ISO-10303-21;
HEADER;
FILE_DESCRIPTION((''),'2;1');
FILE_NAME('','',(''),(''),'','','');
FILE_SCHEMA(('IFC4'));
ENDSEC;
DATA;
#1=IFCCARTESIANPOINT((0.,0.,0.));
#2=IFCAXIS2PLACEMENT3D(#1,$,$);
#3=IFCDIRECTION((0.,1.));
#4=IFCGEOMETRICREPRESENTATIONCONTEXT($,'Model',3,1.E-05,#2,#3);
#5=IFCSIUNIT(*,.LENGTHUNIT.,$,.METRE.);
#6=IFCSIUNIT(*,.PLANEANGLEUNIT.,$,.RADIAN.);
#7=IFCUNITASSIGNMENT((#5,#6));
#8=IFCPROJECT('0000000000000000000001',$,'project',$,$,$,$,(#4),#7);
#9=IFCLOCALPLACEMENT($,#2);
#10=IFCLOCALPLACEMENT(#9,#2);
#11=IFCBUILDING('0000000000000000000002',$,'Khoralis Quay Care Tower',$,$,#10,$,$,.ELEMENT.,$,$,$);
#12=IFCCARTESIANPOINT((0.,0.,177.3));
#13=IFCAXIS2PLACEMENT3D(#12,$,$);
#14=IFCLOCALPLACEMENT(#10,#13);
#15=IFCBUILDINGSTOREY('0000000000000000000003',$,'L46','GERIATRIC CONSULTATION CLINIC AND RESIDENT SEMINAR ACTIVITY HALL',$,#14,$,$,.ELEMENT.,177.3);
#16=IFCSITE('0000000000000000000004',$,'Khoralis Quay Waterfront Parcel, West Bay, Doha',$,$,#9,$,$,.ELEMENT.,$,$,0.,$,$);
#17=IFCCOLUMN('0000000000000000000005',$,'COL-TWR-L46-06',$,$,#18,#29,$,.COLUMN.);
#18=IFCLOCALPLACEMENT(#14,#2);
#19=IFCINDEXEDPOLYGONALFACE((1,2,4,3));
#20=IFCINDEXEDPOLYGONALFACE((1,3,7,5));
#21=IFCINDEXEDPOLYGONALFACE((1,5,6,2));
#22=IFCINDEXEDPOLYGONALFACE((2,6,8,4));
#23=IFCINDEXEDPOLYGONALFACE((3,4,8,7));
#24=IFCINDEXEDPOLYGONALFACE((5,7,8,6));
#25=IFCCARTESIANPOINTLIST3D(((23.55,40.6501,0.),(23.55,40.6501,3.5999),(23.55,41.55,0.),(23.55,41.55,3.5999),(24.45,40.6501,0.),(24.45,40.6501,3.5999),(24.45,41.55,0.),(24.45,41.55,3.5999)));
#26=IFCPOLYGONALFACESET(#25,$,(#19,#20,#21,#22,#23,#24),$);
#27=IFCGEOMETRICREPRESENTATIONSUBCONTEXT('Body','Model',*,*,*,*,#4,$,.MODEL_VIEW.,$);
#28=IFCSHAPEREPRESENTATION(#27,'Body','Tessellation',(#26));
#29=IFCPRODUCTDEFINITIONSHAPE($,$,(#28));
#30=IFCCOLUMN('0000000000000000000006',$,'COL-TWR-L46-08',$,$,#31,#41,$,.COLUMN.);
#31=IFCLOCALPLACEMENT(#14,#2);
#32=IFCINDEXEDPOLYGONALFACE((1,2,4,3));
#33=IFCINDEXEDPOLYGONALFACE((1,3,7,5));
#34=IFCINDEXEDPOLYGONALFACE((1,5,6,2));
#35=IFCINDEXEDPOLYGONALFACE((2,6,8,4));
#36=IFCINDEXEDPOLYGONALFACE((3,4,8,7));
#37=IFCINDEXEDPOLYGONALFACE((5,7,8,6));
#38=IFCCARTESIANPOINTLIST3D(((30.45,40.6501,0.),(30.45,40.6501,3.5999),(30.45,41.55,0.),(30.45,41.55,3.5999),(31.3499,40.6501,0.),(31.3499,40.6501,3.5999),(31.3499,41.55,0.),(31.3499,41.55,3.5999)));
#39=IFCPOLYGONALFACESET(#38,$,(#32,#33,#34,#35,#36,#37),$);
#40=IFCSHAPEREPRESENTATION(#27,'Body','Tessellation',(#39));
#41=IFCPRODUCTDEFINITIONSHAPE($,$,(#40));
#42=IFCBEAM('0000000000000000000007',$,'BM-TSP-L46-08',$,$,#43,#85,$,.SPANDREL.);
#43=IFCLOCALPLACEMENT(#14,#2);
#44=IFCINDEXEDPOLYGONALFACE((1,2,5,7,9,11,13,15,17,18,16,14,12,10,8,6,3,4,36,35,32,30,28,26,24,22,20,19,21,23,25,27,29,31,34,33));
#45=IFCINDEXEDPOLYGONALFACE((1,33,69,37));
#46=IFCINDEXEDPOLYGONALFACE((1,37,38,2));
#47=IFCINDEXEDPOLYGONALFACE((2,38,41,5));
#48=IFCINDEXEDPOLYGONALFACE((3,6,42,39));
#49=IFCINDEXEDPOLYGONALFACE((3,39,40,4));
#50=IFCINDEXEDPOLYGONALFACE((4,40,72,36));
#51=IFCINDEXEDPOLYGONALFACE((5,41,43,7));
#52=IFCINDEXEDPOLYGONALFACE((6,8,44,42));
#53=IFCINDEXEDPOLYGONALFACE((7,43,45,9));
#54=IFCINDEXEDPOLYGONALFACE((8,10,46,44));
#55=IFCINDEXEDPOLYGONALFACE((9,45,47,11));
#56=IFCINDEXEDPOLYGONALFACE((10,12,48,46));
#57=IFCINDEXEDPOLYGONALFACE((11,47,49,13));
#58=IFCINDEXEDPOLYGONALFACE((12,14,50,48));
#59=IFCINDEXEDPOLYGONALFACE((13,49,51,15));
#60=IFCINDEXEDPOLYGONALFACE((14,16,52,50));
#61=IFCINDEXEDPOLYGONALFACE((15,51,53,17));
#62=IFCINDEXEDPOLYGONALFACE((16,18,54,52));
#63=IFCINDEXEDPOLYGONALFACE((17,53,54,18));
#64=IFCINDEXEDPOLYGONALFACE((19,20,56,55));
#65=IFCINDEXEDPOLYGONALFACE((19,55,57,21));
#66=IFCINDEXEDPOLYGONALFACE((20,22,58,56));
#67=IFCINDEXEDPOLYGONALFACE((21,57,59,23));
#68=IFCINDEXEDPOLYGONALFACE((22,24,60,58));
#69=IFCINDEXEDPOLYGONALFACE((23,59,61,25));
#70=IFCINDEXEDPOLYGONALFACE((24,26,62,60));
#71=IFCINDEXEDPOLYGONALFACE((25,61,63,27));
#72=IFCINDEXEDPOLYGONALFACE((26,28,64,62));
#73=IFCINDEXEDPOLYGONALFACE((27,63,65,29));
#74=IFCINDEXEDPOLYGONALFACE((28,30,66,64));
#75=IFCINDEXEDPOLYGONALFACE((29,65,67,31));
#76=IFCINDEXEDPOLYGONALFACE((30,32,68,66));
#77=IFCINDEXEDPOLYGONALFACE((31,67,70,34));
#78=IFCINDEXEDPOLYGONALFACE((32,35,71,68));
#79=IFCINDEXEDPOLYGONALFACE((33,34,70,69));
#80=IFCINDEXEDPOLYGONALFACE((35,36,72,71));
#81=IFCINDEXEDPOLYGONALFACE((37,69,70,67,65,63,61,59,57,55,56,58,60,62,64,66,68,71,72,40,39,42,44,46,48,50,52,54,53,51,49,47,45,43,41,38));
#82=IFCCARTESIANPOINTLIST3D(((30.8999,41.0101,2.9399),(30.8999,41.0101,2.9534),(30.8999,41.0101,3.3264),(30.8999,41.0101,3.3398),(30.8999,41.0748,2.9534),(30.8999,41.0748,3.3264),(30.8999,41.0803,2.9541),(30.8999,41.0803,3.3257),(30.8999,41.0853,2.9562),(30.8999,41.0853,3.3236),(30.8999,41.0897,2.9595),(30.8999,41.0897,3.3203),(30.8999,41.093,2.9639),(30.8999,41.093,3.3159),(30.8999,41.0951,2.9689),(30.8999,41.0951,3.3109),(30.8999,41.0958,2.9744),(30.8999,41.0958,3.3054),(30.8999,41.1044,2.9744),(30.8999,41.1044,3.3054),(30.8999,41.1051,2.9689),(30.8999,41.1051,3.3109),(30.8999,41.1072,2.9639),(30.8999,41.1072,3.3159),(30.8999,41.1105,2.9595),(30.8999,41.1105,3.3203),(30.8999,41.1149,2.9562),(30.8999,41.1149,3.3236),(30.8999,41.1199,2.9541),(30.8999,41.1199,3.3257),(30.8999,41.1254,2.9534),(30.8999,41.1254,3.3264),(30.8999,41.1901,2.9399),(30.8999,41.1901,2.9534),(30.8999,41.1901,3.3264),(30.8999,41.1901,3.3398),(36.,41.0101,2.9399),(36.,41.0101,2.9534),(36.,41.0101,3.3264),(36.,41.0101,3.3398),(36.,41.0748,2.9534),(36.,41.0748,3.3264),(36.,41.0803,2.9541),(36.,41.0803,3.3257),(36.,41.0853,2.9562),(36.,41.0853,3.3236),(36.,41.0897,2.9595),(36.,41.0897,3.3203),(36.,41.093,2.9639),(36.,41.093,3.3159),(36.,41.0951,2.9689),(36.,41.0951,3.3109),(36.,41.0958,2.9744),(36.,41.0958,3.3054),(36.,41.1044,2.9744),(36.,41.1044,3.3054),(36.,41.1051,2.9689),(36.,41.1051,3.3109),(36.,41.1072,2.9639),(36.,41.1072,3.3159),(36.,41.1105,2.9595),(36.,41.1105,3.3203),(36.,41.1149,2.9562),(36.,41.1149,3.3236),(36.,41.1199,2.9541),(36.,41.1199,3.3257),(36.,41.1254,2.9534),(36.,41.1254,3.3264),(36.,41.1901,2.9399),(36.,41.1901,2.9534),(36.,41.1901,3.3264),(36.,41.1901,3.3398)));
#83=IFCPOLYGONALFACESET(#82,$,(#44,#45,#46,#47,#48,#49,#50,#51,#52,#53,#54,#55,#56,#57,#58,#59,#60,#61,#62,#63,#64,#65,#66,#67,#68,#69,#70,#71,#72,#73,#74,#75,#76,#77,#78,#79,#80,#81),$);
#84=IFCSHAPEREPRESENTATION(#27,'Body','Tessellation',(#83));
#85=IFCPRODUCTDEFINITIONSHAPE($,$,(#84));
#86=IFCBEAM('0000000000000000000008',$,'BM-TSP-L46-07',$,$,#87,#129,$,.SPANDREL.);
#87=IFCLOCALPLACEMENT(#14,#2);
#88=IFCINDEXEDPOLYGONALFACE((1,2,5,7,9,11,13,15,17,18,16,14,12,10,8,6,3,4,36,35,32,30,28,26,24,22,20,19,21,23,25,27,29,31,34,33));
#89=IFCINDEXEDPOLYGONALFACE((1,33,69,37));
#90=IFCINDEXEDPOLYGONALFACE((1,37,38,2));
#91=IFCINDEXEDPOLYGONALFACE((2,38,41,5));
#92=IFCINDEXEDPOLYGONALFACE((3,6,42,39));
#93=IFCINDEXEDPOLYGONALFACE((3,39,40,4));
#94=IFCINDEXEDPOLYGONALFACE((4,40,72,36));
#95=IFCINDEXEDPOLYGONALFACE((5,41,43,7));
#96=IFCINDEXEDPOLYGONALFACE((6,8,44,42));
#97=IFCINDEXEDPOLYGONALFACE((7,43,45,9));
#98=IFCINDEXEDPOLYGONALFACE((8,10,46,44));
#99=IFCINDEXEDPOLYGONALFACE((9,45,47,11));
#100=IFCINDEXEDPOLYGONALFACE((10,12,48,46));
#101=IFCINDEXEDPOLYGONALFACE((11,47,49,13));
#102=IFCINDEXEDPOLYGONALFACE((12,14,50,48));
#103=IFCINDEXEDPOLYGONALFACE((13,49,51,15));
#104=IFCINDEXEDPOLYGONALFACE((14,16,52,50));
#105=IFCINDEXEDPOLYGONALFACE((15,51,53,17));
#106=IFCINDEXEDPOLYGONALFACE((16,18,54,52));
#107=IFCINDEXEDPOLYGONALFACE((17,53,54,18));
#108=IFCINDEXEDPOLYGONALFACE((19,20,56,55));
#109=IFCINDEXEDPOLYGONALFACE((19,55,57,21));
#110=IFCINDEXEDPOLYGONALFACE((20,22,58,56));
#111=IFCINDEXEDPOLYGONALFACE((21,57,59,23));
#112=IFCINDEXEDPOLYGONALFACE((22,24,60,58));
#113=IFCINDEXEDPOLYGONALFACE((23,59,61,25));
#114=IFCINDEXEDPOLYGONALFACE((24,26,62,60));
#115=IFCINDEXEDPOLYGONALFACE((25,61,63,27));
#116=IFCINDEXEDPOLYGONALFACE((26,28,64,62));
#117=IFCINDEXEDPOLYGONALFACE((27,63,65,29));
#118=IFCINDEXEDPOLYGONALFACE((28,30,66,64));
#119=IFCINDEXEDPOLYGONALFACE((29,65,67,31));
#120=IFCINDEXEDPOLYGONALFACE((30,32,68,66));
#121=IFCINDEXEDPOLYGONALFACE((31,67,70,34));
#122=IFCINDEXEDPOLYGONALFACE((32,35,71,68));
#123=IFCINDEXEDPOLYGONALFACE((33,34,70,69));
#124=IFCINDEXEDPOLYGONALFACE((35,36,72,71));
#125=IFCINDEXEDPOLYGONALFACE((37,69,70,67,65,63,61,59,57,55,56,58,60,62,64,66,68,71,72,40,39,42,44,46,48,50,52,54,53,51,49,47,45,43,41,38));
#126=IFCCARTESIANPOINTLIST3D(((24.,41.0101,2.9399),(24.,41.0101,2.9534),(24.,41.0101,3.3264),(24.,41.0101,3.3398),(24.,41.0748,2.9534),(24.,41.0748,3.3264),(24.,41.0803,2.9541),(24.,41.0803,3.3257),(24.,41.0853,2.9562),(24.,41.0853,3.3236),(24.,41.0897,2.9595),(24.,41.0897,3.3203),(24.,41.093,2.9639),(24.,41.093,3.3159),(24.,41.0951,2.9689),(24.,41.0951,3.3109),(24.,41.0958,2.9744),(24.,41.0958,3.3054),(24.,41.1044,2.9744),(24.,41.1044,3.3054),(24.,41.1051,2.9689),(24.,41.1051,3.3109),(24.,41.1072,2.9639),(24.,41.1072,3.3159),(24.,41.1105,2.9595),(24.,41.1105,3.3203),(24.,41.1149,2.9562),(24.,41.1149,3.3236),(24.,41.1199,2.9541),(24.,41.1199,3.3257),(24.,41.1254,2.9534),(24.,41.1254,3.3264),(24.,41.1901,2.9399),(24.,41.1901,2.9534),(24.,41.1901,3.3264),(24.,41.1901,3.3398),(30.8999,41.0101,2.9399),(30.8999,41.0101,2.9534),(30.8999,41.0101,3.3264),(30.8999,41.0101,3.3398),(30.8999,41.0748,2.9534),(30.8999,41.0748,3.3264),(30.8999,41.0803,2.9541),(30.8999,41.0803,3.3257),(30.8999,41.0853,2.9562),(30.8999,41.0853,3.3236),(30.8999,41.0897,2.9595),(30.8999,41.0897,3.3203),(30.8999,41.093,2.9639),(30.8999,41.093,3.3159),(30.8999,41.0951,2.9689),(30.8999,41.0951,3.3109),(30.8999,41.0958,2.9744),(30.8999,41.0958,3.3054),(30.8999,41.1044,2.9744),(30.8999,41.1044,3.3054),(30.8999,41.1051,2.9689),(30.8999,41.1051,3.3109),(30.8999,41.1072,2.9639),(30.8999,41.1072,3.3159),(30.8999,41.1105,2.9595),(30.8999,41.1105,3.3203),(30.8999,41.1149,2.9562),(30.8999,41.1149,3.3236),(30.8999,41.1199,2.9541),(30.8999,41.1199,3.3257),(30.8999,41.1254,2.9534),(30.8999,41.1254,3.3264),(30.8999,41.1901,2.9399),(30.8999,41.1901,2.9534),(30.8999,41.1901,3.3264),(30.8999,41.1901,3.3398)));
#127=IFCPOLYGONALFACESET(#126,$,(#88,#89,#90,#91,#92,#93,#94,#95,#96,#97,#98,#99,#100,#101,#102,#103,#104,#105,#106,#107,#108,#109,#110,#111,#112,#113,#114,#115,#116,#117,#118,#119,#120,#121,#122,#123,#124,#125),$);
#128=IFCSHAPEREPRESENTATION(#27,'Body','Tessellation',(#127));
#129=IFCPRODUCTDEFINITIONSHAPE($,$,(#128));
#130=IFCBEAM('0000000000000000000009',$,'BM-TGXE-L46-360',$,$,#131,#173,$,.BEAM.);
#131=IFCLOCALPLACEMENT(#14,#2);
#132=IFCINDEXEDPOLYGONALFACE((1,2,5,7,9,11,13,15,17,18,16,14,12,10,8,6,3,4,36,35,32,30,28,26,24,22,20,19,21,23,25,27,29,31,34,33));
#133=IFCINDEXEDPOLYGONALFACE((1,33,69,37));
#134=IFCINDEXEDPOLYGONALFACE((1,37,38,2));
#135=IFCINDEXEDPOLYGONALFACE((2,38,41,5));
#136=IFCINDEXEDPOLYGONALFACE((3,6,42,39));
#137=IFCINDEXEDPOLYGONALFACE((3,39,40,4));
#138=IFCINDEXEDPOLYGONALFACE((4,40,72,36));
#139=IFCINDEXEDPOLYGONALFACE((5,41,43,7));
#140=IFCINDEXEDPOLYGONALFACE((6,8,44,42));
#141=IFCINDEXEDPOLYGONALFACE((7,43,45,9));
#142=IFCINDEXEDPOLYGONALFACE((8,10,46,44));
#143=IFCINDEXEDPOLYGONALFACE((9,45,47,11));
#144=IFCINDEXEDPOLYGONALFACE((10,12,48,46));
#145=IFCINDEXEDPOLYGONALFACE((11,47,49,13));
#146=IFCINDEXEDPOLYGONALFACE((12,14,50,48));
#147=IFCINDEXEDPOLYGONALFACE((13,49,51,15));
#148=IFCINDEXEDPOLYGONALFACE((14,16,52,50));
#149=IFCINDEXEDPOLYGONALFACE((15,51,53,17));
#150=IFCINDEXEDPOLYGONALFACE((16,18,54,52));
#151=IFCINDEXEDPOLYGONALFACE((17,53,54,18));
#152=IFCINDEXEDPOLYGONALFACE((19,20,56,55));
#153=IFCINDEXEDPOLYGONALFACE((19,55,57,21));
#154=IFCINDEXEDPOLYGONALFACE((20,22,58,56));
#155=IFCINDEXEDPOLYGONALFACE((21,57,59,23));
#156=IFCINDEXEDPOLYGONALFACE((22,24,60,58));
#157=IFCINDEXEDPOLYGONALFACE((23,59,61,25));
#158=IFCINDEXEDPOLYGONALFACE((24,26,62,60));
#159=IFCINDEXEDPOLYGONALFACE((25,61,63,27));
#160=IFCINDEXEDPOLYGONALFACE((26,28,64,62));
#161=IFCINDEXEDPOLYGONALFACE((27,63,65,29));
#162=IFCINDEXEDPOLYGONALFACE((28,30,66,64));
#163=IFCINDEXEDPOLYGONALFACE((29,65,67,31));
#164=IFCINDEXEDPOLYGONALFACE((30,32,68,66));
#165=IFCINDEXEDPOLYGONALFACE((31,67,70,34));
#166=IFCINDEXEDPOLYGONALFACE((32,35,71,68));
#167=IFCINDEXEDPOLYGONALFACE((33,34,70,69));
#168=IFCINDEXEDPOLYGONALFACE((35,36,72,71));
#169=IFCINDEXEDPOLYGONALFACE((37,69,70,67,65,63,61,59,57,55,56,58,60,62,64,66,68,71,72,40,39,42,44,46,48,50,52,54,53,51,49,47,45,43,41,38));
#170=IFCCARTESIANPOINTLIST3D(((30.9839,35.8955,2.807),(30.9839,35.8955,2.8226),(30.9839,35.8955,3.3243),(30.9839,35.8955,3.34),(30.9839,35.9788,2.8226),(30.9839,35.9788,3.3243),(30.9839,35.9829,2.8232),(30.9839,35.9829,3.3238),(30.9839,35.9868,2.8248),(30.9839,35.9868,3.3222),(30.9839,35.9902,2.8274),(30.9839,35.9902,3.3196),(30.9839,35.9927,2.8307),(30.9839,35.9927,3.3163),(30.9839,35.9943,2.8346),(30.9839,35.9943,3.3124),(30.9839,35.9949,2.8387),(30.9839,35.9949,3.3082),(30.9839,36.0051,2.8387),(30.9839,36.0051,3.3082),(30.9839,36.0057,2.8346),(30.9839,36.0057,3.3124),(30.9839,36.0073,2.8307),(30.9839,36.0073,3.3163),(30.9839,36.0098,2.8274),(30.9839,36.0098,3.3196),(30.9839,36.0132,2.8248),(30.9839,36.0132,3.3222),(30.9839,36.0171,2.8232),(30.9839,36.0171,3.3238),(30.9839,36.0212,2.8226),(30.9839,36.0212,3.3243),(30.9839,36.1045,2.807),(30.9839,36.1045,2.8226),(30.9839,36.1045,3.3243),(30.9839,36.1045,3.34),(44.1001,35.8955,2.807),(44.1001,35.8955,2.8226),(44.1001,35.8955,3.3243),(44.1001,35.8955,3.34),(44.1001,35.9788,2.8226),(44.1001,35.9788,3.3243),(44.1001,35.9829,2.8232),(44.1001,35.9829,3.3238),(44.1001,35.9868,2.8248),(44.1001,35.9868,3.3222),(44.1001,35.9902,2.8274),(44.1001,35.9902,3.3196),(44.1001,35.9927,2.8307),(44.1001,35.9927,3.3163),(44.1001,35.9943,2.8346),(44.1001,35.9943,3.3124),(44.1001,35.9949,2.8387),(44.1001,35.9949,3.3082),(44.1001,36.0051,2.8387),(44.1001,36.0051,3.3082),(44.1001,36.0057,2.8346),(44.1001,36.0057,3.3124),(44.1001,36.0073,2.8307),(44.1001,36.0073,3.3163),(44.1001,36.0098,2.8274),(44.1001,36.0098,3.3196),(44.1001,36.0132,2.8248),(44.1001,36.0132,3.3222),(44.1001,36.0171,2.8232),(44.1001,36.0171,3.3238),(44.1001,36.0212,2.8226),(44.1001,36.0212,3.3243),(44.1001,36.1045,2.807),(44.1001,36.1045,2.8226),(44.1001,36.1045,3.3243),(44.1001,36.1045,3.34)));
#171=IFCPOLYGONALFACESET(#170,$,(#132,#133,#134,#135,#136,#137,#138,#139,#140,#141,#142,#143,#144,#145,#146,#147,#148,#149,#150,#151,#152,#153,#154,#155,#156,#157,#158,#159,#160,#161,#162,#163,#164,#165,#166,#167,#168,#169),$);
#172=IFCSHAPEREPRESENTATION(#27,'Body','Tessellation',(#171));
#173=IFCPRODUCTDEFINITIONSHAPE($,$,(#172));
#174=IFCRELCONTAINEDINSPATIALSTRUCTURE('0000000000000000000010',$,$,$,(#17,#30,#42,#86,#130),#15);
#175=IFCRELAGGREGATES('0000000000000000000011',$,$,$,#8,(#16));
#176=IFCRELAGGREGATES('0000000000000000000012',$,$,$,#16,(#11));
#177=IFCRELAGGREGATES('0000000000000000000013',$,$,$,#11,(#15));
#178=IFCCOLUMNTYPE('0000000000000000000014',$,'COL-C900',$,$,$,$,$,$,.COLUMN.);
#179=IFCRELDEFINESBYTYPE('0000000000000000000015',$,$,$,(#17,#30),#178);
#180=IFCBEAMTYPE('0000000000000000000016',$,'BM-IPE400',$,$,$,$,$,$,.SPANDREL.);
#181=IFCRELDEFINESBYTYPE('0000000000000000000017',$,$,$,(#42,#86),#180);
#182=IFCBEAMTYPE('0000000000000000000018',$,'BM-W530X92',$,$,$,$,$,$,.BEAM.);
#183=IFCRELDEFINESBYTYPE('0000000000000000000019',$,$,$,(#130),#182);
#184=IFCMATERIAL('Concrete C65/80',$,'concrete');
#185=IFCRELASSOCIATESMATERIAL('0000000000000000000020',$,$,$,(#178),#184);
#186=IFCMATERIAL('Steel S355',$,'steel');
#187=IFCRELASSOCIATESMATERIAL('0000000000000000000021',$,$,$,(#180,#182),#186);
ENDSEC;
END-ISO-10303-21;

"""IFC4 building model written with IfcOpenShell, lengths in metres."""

from ifc_helpers import new_model, si_unit, direction, frame, origin, origin_2d, place, context, subcontext, project, spatial, rectangle, i_section, extrude, source, transform, mapped, material, material_profile, profile_set, type_object, element, save


model = new_model("IFC4")

# Units and contexts
model_context = context("Model", 3, precision=1e-05, world=origin(), true_north=direction((0.0, 1.0)))
body_context = subcontext(model_context, "Body", "Model", "MODEL_VIEW")
ifc_project = project(units=[si_unit("LENGTHUNIT", "METRE"), si_unit("PLANEANGLEUNIT", "RADIAN")], contexts=[model_context])

# Site, building, storey
site_placement = place(None, origin())
site = spatial("IfcSite", under=ifc_project, at=site_placement, Name="Khoralis Quay Waterfront Parcel, West Bay, Doha", CompositionType="ELEMENT", RefElevation=0.0)
building_placement = place(site_placement, origin())
building = spatial("IfcBuilding", under=site, at=building_placement, Name="Khoralis Quay Care Tower", CompositionType="ELEMENT")
storey_placement = place(building_placement, frame((0.0, 0.0, 177.3)))
storey = spatial("IfcBuildingStorey", under=building, at=storey_placement, Name="L46", Description="GERIATRIC CONSULTATION CLINIC AND RESIDENT SEMINAR ACTIVITY HALL", CompositionType="ELEMENT", Elevation=177.3)

# Columns
ifc_material_1 = material(Name="Concrete C65/80", Category="concrete")
ifc_material_profile_1 = material_profile(ifc_material_1, rectangle(XDim=0.8999, YDim=0.8999, at=origin_2d()), Name="Concrete C65/80")
ifc_profile_set_1 = profile_set([ifc_material_profile_1], Name="Concrete C65/80")
column_type = type_object("IfcColumnType", Name="COL-C900", PredefinedType="COLUMN", material=ifc_profile_set_1)
shared_shape_1 = source(origin(), body_context, "Body", "SweptSolid", [
    extrude(rectangle(XDim=0.8999, YDim=0.8999, at=origin_2d()), origin(), (0.0, 0.0, 1.0), 3.5999),
])
for number, where, z_axis, x_axis, name in (
    (1, (24.0, 41.1001, 0.0), (0.0, 0.0, 1.0), (1.0, 0.0, 0.0), "COL-TWR-L46-06"),
    (2, (30.8999, 41.1001, 0.0), (0.0, 0.0, 1.0), (1.0, 0.0, 0.0), "COL-TWR-L46-08"),
):
    element("IfcColumn", number, at=place(storey_placement, frame(where, z_axis=z_axis, x_axis=x_axis)), inside=storey, type_object=column_type, Name=name, PredefinedType="COLUMN", context=body_context, shape_type="MappedRepresentation", body=[
        mapped(shared_shape_1, transform((0.0, 0.0, 0.0), scale=1.0)),
    ])

# Beams
ifc_material_2 = material(Name="Steel S355", Category="steel")
ifc_material_profile_2 = material_profile(ifc_material_2, i_section(OverallWidth=0.1799, OverallDepth=0.3999, WebThickness=0.0085, FlangeThickness=0.0134, FilletRadius=0.021, at=origin_2d()), Name="Steel S355")
ifc_profile_set_2 = profile_set([ifc_material_profile_2], Name="Steel S355")
beam_type_1 = type_object("IfcBeamType", Name="BM-IPE400", PredefinedType="SPANDREL", material=ifc_profile_set_2)
shared_shape_2 = source(origin(), body_context, "Body", "SweptSolid", [
    extrude(i_section(OverallWidth=0.1799, OverallDepth=0.3999, WebThickness=0.0085, FlangeThickness=0.0134, FilletRadius=0.021, at=origin_2d()), origin(), (0.0, 0.0, 1.0), 5.1001),
])
beam_1_placement = place(storey_placement, frame((30.8999, 41.1001, 3.1399), z_axis=(1.0, 0.0, 0.0), x_axis=(0.0, 1.0, 0.0)))
element("IfcBeam", 3, at=beam_1_placement, inside=storey, type_object=beam_type_1, Name="BM-TSP-L46-08", PredefinedType="SPANDREL", context=body_context, shape_type="MappedRepresentation", body=[
    mapped(shared_shape_2, transform((0.0, 0.0, 0.0), scale=1.0)),
])
shared_shape_3 = source(origin(), body_context, "Body", "SweptSolid", [
    extrude(i_section(OverallWidth=0.1799, OverallDepth=0.3999, WebThickness=0.0085, FlangeThickness=0.0134, FilletRadius=0.021, at=origin_2d()), origin(), (0.0, 0.0, 1.0), 6.8999),
])
beam_2_placement = place(storey_placement, frame((24.0, 41.1001, 3.1399), z_axis=(1.0, 0.0, 0.0), x_axis=(0.0, 1.0, 0.0)))
element("IfcBeam", 4, at=beam_2_placement, inside=storey, type_object=beam_type_1, Name="BM-TSP-L46-07", PredefinedType="SPANDREL", context=body_context, shape_type="MappedRepresentation", body=[
    mapped(shared_shape_3, transform((0.0, 0.0, 0.0), scale=1.0)),
])
ifc_material_profile_3 = material_profile(ifc_material_2, i_section(OverallWidth=0.209, OverallDepth=0.533, WebThickness=0.0103, FlangeThickness=0.0156, FilletRadius=0.0161, at=origin_2d()), Name="Steel S355")
ifc_profile_set_3 = profile_set([ifc_material_profile_3], Name="Steel S355")
beam_type_2 = type_object("IfcBeamType", Name="BM-W530X92", PredefinedType="BEAM", material=ifc_profile_set_3)
shared_shape_4 = source(origin(), body_context, "Body", "SweptSolid", [
    extrude(i_section(OverallWidth=0.209, OverallDepth=0.533, WebThickness=0.0103, FlangeThickness=0.0156, FilletRadius=0.0161, at=origin_2d()), origin(), (0.0, 0.0, 1.0), 13.1162),
])
beam_3_placement = place(storey_placement, frame((30.9839, 36.0, 3.0735), z_axis=(1.0, 0.0, 0.0), x_axis=(0.0, 1.0, 0.0)))
element("IfcBeam", 5, at=beam_3_placement, inside=storey, type_object=beam_type_2, Name="BM-TGXE-L46-360", PredefinedType="BEAM", context=body_context, shape_type="MappedRepresentation", body=[
    mapped(shared_shape_4, transform((0.0, 0.0, 0.0), scale=1.0)),
])

save(model, "model.ifc")
